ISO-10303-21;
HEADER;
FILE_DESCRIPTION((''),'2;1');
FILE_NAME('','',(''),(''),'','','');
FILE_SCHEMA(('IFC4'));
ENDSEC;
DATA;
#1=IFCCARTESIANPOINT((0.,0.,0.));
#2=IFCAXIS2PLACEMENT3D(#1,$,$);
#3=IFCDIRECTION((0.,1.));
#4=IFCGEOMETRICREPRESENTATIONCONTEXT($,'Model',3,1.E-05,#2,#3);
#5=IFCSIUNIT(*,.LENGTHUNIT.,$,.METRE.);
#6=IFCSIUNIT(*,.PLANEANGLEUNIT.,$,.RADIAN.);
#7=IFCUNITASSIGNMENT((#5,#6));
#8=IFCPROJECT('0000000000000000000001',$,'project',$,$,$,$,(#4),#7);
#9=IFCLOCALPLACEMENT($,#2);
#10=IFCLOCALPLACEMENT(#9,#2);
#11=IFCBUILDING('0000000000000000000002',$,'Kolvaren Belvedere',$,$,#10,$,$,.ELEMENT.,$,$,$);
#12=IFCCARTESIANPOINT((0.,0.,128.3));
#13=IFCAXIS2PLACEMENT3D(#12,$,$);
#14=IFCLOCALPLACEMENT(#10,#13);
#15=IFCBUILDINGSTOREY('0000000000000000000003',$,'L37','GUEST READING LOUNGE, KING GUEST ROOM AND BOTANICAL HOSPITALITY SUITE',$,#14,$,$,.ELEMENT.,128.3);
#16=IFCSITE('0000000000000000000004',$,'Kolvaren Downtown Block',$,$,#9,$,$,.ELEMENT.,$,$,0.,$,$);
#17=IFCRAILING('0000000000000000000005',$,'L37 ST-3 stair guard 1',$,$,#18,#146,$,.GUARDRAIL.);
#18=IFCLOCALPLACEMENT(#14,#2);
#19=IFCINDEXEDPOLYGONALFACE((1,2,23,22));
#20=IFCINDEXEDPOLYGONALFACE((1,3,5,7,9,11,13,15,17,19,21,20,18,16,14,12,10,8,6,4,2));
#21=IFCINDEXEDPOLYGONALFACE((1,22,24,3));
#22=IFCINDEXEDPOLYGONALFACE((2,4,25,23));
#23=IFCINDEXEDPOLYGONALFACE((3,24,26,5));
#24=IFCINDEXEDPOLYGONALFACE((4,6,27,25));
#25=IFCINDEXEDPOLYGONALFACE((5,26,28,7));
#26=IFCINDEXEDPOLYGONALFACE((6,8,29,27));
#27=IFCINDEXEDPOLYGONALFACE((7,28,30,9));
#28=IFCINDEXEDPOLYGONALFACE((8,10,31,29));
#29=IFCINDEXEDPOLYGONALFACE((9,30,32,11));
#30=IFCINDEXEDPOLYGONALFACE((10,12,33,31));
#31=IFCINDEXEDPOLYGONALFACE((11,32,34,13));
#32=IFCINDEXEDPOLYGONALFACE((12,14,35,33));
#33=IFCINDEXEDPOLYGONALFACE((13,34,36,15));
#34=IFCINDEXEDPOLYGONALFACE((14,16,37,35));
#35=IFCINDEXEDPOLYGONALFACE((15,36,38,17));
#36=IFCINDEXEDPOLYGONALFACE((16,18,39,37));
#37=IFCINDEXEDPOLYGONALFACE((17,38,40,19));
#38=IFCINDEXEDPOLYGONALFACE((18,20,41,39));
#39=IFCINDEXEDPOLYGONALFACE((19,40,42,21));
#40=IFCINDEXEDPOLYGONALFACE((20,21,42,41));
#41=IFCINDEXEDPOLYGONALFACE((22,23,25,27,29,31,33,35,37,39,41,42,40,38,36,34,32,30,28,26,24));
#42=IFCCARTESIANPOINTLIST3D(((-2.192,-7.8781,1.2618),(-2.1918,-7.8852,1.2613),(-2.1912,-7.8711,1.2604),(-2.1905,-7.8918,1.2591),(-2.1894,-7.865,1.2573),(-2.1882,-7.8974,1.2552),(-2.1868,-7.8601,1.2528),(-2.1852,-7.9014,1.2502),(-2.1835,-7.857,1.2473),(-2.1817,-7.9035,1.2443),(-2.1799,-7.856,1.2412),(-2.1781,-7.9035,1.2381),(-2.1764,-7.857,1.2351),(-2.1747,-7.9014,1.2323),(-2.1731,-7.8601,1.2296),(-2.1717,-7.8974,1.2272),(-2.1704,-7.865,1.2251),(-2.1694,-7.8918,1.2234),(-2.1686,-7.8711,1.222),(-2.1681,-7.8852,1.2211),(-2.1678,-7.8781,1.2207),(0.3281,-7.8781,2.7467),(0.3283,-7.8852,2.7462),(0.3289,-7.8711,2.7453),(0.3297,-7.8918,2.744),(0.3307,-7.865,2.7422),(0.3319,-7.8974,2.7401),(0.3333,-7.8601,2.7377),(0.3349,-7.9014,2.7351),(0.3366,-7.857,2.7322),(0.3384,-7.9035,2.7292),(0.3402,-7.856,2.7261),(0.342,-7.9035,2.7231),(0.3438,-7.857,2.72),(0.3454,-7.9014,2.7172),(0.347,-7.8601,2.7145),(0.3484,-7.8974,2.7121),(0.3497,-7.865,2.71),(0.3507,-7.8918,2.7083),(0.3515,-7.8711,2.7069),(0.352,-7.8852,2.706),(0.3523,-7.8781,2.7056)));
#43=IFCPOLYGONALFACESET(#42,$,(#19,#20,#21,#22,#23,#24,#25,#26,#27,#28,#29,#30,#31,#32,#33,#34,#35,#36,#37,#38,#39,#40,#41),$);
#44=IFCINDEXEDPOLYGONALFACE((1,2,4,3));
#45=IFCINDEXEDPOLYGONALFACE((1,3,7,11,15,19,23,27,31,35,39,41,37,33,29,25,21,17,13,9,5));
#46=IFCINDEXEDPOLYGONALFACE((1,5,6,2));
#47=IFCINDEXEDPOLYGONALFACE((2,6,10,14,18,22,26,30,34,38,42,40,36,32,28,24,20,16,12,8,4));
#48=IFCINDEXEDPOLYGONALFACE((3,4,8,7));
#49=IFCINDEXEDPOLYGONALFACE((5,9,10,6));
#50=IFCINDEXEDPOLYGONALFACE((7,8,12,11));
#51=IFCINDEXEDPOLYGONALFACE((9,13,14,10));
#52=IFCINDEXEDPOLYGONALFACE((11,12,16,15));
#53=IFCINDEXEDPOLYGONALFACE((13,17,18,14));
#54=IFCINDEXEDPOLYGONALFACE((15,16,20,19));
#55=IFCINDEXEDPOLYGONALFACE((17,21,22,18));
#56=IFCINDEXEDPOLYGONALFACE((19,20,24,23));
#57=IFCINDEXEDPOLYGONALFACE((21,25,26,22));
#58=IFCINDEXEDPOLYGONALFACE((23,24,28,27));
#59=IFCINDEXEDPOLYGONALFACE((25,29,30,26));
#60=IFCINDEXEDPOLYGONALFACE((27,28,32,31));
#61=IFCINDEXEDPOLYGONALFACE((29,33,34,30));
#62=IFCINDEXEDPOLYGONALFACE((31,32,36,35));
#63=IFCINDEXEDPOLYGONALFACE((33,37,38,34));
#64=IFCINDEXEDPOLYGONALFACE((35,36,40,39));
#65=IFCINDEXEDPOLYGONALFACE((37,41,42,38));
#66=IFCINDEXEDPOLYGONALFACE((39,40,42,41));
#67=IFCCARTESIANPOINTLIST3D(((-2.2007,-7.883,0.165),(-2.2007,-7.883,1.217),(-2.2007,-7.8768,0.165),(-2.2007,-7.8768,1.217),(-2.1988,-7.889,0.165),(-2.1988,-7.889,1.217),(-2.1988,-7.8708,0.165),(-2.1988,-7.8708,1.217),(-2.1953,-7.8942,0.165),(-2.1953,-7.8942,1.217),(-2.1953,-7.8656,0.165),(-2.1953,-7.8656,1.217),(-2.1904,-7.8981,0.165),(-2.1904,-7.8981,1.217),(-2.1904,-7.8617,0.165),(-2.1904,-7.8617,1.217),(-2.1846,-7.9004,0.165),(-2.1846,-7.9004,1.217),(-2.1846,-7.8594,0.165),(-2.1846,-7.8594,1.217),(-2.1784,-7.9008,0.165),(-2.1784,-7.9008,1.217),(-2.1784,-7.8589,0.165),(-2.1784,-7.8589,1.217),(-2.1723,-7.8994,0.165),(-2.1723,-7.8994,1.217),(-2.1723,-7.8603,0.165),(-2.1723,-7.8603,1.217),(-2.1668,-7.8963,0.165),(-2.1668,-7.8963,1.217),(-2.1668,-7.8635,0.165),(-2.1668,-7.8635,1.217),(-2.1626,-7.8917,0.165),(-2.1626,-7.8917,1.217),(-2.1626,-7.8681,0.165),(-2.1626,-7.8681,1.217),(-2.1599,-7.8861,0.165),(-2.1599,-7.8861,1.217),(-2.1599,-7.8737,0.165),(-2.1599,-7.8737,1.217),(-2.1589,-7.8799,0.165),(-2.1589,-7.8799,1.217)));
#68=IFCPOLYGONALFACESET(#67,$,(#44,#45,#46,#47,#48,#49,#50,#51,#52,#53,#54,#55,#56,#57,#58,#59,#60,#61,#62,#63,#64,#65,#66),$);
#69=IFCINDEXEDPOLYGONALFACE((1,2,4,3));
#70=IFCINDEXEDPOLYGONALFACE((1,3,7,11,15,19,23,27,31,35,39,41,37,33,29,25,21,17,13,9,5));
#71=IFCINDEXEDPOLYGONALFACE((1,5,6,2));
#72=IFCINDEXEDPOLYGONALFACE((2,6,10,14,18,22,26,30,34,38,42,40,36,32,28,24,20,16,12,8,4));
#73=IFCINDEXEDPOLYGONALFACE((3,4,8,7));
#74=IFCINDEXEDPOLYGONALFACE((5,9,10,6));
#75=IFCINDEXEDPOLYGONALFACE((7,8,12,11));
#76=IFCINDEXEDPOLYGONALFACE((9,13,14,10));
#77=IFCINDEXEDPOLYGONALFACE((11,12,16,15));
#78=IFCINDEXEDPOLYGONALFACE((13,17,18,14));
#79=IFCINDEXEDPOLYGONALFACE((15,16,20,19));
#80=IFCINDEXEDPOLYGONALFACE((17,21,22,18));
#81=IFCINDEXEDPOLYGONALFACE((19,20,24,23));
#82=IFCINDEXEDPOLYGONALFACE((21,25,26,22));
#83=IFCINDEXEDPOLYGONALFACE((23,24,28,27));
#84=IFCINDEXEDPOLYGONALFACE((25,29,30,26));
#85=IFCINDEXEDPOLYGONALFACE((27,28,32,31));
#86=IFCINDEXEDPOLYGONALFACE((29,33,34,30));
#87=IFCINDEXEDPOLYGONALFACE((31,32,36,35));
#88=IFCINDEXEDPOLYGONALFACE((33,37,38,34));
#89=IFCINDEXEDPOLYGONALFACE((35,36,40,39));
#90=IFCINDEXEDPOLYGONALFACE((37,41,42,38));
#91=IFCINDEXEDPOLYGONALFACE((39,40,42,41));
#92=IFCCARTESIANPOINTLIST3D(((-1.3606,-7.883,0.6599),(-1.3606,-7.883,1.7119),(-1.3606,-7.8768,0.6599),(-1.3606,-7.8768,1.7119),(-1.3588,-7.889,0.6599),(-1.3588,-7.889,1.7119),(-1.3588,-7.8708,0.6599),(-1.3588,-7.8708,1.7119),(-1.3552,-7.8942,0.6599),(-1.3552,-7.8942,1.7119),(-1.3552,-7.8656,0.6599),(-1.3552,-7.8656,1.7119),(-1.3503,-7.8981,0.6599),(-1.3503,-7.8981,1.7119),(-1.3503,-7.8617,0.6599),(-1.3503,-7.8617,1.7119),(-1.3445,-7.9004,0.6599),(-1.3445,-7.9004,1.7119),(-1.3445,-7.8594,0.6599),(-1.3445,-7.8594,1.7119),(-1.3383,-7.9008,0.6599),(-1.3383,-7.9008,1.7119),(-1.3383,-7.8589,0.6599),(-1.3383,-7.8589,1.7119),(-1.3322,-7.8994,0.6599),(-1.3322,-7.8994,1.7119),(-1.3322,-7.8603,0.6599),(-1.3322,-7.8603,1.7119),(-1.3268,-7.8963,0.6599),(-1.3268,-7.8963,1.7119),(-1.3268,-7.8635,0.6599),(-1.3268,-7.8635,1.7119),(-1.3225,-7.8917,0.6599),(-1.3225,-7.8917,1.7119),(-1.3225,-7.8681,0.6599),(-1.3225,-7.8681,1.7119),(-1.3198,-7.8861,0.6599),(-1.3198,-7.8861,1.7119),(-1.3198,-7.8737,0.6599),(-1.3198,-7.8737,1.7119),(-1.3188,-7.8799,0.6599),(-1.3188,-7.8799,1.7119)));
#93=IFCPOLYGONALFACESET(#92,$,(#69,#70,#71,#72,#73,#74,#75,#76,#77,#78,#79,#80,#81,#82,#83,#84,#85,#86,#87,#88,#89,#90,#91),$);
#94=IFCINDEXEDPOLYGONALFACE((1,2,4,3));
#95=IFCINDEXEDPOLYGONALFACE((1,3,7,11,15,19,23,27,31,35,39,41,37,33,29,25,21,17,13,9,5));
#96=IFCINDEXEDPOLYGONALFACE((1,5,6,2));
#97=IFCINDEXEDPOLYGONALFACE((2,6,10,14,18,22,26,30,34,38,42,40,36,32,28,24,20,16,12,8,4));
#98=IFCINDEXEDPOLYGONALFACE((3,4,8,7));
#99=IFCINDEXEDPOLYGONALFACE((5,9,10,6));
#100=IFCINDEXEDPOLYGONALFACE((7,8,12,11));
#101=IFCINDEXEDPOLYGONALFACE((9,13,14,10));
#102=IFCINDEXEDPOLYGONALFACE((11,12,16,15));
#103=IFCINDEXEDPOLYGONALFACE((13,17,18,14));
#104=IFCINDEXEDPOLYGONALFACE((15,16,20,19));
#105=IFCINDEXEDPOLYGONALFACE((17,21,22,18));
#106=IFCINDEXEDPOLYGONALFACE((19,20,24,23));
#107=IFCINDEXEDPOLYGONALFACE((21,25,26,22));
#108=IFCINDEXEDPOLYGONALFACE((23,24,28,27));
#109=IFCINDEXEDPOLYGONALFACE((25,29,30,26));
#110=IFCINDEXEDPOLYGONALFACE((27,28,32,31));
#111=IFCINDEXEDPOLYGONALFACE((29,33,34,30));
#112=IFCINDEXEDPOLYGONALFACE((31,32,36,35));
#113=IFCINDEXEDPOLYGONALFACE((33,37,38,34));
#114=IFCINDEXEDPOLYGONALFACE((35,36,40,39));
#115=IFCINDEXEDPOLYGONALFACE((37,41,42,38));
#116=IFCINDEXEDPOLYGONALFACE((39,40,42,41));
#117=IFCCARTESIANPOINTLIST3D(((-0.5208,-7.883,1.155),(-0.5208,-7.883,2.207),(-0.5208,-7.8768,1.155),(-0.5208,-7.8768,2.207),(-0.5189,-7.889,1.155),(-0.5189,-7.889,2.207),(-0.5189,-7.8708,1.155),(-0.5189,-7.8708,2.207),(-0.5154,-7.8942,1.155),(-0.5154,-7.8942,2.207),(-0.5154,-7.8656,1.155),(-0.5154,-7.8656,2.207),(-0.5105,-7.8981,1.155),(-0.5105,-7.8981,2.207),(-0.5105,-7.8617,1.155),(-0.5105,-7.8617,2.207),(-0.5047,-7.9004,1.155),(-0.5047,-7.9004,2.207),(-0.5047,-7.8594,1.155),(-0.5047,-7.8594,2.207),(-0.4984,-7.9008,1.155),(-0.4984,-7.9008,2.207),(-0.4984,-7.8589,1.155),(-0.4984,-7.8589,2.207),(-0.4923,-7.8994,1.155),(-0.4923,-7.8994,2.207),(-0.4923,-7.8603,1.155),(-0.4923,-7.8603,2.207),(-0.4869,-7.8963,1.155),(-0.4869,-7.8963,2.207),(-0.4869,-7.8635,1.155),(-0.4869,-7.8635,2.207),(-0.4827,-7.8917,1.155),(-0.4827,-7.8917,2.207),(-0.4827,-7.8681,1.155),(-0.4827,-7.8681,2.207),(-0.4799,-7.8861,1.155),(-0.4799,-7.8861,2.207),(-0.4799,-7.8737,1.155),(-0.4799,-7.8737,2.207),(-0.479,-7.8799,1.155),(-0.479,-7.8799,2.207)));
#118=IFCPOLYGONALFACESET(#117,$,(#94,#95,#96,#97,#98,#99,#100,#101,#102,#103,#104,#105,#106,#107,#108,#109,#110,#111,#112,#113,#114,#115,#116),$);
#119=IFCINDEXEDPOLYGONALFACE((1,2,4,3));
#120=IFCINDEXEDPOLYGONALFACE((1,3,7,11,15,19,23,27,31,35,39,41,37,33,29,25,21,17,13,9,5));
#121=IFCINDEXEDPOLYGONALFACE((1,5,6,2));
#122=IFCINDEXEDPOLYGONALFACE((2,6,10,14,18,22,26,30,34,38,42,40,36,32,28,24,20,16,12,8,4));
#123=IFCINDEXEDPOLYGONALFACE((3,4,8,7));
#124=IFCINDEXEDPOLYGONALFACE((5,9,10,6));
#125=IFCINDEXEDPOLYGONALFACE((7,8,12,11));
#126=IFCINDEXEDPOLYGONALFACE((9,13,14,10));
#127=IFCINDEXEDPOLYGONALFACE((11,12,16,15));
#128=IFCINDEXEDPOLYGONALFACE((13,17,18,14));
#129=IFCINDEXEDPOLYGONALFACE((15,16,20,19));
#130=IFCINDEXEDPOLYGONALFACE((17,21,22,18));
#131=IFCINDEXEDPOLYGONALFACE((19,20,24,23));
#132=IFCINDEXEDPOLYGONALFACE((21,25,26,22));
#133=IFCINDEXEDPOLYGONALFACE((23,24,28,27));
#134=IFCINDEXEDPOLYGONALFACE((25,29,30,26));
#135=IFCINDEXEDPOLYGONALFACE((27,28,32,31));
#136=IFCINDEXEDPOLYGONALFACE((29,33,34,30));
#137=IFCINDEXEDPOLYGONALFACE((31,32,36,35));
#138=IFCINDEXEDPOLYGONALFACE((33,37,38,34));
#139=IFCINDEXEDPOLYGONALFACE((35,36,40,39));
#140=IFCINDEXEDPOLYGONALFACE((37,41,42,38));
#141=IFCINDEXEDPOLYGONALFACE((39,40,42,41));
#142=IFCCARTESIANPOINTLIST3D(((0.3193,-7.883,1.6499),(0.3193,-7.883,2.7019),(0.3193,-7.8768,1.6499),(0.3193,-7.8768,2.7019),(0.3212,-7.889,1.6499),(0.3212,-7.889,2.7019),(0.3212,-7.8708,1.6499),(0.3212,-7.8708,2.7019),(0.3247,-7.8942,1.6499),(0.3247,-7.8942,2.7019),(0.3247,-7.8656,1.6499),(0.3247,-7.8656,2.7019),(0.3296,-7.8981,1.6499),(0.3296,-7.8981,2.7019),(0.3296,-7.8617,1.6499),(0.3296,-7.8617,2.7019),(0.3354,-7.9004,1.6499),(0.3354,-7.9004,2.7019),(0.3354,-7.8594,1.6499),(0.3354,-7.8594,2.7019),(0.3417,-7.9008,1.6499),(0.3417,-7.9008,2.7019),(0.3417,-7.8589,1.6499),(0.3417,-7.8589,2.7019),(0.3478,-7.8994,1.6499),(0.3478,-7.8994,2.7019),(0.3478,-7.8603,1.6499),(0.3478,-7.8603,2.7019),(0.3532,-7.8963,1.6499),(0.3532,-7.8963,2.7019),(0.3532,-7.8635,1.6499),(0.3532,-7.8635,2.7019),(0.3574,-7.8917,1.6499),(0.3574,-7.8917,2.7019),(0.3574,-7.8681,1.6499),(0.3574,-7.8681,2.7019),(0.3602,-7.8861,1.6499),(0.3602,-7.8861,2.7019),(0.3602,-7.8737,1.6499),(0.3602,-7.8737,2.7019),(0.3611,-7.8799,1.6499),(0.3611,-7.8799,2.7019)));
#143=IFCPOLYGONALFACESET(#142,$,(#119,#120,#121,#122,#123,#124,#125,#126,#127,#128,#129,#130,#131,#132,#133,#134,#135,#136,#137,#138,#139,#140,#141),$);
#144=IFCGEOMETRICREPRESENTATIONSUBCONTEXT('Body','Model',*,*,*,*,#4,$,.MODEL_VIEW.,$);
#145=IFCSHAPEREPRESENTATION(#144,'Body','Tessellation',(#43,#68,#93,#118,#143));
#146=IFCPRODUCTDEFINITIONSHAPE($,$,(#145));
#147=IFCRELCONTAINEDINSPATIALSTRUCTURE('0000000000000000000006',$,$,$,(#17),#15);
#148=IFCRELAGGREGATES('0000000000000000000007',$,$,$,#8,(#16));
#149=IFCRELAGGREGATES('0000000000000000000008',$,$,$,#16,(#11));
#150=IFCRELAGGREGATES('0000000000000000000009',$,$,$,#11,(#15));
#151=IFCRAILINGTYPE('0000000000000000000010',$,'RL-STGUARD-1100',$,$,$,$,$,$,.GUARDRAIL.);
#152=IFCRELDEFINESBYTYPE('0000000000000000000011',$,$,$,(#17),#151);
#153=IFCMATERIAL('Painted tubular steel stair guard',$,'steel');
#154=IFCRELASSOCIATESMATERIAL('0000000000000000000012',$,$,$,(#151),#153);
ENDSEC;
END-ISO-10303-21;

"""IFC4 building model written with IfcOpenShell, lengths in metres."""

from ifc_helpers import new_model, si_unit, direction, frame, origin, origin_2d, place, context, subcontext, project, spatial, circle, extrude, material, type_object, element, save


model = new_model("IFC4")

# Units and contexts
model_context = context("Model", 3, precision=1e-05, world=origin(), true_north=direction((0.0, 1.0)))
body_context = subcontext(model_context, "Body", "Model", "MODEL_VIEW")
ifc_project = project(units=[si_unit("LENGTHUNIT", "METRE"), si_unit("PLANEANGLEUNIT", "RADIAN")], contexts=[model_context])

# Site, building, storey
site_placement = place(None, origin())
site = spatial("IfcSite", under=ifc_project, at=site_placement, Name="Kolvaren Downtown Block", CompositionType="ELEMENT", RefElevation=0.0)
building_placement = place(site_placement, origin())
building = spatial("IfcBuilding", under=site, at=building_placement, Name="Kolvaren Belvedere", CompositionType="ELEMENT")
storey_placement = place(building_placement, frame((0.0, 0.0, 128.3)))
storey = spatial("IfcBuildingStorey", under=building, at=storey_placement, Name="L37", Description="GUEST READING LOUNGE, KING GUEST ROOM AND BOTANICAL HOSPITALITY SUITE", CompositionType="ELEMENT", Elevation=128.3)

# Railing
ifc_material_1 = material(Name="Painted tubular steel stair guard", Category="steel")
railing_type_1 = type_object("IfcRailingType", Name="RL-STGUARD-1100", PredefinedType="GUARDRAIL", material=ifc_material_1)
railing_1_placement = place(storey_placement, frame((-2.1799, -7.8799, 0.165)))
element("IfcRailing", 1, at=railing_1_placement, inside=storey, type_object=railing_type_1, Name="L37 ST-3 stair guard 1", PredefinedType="GUARDRAIL", context=body_context, shape_type="SweptSolid", body=[
    extrude(circle(Radius=0.0239, at=origin_2d()), frame((0.0, 0.0, 1.0762), z_axis=(0.861561, 0.0, 0.507655), x_axis=(0.0, 1.0, 0.0)), (0.0, 0.0, 1.0), 2.925),
    extrude(circle(Radius=0.021, at=origin_2d()), origin(), (0.0, 0.0, 1.0), 1.052),
    extrude(circle(Radius=0.021, at=origin_2d()), frame((0.8401, 0.0, 0.4949)), (0.0, 0.0, 1.0), 1.052),
    extrude(circle(Radius=0.021, at=origin_2d()), frame((1.6799, 0.0, 0.99)), (0.0, 0.0, 1.0), 1.052),
    extrude(circle(Radius=0.021, at=origin_2d()), frame((2.52, 0.0, 1.4849)), (0.0, 0.0, 1.0), 1.052),
])

save(model, "model.ifc")
